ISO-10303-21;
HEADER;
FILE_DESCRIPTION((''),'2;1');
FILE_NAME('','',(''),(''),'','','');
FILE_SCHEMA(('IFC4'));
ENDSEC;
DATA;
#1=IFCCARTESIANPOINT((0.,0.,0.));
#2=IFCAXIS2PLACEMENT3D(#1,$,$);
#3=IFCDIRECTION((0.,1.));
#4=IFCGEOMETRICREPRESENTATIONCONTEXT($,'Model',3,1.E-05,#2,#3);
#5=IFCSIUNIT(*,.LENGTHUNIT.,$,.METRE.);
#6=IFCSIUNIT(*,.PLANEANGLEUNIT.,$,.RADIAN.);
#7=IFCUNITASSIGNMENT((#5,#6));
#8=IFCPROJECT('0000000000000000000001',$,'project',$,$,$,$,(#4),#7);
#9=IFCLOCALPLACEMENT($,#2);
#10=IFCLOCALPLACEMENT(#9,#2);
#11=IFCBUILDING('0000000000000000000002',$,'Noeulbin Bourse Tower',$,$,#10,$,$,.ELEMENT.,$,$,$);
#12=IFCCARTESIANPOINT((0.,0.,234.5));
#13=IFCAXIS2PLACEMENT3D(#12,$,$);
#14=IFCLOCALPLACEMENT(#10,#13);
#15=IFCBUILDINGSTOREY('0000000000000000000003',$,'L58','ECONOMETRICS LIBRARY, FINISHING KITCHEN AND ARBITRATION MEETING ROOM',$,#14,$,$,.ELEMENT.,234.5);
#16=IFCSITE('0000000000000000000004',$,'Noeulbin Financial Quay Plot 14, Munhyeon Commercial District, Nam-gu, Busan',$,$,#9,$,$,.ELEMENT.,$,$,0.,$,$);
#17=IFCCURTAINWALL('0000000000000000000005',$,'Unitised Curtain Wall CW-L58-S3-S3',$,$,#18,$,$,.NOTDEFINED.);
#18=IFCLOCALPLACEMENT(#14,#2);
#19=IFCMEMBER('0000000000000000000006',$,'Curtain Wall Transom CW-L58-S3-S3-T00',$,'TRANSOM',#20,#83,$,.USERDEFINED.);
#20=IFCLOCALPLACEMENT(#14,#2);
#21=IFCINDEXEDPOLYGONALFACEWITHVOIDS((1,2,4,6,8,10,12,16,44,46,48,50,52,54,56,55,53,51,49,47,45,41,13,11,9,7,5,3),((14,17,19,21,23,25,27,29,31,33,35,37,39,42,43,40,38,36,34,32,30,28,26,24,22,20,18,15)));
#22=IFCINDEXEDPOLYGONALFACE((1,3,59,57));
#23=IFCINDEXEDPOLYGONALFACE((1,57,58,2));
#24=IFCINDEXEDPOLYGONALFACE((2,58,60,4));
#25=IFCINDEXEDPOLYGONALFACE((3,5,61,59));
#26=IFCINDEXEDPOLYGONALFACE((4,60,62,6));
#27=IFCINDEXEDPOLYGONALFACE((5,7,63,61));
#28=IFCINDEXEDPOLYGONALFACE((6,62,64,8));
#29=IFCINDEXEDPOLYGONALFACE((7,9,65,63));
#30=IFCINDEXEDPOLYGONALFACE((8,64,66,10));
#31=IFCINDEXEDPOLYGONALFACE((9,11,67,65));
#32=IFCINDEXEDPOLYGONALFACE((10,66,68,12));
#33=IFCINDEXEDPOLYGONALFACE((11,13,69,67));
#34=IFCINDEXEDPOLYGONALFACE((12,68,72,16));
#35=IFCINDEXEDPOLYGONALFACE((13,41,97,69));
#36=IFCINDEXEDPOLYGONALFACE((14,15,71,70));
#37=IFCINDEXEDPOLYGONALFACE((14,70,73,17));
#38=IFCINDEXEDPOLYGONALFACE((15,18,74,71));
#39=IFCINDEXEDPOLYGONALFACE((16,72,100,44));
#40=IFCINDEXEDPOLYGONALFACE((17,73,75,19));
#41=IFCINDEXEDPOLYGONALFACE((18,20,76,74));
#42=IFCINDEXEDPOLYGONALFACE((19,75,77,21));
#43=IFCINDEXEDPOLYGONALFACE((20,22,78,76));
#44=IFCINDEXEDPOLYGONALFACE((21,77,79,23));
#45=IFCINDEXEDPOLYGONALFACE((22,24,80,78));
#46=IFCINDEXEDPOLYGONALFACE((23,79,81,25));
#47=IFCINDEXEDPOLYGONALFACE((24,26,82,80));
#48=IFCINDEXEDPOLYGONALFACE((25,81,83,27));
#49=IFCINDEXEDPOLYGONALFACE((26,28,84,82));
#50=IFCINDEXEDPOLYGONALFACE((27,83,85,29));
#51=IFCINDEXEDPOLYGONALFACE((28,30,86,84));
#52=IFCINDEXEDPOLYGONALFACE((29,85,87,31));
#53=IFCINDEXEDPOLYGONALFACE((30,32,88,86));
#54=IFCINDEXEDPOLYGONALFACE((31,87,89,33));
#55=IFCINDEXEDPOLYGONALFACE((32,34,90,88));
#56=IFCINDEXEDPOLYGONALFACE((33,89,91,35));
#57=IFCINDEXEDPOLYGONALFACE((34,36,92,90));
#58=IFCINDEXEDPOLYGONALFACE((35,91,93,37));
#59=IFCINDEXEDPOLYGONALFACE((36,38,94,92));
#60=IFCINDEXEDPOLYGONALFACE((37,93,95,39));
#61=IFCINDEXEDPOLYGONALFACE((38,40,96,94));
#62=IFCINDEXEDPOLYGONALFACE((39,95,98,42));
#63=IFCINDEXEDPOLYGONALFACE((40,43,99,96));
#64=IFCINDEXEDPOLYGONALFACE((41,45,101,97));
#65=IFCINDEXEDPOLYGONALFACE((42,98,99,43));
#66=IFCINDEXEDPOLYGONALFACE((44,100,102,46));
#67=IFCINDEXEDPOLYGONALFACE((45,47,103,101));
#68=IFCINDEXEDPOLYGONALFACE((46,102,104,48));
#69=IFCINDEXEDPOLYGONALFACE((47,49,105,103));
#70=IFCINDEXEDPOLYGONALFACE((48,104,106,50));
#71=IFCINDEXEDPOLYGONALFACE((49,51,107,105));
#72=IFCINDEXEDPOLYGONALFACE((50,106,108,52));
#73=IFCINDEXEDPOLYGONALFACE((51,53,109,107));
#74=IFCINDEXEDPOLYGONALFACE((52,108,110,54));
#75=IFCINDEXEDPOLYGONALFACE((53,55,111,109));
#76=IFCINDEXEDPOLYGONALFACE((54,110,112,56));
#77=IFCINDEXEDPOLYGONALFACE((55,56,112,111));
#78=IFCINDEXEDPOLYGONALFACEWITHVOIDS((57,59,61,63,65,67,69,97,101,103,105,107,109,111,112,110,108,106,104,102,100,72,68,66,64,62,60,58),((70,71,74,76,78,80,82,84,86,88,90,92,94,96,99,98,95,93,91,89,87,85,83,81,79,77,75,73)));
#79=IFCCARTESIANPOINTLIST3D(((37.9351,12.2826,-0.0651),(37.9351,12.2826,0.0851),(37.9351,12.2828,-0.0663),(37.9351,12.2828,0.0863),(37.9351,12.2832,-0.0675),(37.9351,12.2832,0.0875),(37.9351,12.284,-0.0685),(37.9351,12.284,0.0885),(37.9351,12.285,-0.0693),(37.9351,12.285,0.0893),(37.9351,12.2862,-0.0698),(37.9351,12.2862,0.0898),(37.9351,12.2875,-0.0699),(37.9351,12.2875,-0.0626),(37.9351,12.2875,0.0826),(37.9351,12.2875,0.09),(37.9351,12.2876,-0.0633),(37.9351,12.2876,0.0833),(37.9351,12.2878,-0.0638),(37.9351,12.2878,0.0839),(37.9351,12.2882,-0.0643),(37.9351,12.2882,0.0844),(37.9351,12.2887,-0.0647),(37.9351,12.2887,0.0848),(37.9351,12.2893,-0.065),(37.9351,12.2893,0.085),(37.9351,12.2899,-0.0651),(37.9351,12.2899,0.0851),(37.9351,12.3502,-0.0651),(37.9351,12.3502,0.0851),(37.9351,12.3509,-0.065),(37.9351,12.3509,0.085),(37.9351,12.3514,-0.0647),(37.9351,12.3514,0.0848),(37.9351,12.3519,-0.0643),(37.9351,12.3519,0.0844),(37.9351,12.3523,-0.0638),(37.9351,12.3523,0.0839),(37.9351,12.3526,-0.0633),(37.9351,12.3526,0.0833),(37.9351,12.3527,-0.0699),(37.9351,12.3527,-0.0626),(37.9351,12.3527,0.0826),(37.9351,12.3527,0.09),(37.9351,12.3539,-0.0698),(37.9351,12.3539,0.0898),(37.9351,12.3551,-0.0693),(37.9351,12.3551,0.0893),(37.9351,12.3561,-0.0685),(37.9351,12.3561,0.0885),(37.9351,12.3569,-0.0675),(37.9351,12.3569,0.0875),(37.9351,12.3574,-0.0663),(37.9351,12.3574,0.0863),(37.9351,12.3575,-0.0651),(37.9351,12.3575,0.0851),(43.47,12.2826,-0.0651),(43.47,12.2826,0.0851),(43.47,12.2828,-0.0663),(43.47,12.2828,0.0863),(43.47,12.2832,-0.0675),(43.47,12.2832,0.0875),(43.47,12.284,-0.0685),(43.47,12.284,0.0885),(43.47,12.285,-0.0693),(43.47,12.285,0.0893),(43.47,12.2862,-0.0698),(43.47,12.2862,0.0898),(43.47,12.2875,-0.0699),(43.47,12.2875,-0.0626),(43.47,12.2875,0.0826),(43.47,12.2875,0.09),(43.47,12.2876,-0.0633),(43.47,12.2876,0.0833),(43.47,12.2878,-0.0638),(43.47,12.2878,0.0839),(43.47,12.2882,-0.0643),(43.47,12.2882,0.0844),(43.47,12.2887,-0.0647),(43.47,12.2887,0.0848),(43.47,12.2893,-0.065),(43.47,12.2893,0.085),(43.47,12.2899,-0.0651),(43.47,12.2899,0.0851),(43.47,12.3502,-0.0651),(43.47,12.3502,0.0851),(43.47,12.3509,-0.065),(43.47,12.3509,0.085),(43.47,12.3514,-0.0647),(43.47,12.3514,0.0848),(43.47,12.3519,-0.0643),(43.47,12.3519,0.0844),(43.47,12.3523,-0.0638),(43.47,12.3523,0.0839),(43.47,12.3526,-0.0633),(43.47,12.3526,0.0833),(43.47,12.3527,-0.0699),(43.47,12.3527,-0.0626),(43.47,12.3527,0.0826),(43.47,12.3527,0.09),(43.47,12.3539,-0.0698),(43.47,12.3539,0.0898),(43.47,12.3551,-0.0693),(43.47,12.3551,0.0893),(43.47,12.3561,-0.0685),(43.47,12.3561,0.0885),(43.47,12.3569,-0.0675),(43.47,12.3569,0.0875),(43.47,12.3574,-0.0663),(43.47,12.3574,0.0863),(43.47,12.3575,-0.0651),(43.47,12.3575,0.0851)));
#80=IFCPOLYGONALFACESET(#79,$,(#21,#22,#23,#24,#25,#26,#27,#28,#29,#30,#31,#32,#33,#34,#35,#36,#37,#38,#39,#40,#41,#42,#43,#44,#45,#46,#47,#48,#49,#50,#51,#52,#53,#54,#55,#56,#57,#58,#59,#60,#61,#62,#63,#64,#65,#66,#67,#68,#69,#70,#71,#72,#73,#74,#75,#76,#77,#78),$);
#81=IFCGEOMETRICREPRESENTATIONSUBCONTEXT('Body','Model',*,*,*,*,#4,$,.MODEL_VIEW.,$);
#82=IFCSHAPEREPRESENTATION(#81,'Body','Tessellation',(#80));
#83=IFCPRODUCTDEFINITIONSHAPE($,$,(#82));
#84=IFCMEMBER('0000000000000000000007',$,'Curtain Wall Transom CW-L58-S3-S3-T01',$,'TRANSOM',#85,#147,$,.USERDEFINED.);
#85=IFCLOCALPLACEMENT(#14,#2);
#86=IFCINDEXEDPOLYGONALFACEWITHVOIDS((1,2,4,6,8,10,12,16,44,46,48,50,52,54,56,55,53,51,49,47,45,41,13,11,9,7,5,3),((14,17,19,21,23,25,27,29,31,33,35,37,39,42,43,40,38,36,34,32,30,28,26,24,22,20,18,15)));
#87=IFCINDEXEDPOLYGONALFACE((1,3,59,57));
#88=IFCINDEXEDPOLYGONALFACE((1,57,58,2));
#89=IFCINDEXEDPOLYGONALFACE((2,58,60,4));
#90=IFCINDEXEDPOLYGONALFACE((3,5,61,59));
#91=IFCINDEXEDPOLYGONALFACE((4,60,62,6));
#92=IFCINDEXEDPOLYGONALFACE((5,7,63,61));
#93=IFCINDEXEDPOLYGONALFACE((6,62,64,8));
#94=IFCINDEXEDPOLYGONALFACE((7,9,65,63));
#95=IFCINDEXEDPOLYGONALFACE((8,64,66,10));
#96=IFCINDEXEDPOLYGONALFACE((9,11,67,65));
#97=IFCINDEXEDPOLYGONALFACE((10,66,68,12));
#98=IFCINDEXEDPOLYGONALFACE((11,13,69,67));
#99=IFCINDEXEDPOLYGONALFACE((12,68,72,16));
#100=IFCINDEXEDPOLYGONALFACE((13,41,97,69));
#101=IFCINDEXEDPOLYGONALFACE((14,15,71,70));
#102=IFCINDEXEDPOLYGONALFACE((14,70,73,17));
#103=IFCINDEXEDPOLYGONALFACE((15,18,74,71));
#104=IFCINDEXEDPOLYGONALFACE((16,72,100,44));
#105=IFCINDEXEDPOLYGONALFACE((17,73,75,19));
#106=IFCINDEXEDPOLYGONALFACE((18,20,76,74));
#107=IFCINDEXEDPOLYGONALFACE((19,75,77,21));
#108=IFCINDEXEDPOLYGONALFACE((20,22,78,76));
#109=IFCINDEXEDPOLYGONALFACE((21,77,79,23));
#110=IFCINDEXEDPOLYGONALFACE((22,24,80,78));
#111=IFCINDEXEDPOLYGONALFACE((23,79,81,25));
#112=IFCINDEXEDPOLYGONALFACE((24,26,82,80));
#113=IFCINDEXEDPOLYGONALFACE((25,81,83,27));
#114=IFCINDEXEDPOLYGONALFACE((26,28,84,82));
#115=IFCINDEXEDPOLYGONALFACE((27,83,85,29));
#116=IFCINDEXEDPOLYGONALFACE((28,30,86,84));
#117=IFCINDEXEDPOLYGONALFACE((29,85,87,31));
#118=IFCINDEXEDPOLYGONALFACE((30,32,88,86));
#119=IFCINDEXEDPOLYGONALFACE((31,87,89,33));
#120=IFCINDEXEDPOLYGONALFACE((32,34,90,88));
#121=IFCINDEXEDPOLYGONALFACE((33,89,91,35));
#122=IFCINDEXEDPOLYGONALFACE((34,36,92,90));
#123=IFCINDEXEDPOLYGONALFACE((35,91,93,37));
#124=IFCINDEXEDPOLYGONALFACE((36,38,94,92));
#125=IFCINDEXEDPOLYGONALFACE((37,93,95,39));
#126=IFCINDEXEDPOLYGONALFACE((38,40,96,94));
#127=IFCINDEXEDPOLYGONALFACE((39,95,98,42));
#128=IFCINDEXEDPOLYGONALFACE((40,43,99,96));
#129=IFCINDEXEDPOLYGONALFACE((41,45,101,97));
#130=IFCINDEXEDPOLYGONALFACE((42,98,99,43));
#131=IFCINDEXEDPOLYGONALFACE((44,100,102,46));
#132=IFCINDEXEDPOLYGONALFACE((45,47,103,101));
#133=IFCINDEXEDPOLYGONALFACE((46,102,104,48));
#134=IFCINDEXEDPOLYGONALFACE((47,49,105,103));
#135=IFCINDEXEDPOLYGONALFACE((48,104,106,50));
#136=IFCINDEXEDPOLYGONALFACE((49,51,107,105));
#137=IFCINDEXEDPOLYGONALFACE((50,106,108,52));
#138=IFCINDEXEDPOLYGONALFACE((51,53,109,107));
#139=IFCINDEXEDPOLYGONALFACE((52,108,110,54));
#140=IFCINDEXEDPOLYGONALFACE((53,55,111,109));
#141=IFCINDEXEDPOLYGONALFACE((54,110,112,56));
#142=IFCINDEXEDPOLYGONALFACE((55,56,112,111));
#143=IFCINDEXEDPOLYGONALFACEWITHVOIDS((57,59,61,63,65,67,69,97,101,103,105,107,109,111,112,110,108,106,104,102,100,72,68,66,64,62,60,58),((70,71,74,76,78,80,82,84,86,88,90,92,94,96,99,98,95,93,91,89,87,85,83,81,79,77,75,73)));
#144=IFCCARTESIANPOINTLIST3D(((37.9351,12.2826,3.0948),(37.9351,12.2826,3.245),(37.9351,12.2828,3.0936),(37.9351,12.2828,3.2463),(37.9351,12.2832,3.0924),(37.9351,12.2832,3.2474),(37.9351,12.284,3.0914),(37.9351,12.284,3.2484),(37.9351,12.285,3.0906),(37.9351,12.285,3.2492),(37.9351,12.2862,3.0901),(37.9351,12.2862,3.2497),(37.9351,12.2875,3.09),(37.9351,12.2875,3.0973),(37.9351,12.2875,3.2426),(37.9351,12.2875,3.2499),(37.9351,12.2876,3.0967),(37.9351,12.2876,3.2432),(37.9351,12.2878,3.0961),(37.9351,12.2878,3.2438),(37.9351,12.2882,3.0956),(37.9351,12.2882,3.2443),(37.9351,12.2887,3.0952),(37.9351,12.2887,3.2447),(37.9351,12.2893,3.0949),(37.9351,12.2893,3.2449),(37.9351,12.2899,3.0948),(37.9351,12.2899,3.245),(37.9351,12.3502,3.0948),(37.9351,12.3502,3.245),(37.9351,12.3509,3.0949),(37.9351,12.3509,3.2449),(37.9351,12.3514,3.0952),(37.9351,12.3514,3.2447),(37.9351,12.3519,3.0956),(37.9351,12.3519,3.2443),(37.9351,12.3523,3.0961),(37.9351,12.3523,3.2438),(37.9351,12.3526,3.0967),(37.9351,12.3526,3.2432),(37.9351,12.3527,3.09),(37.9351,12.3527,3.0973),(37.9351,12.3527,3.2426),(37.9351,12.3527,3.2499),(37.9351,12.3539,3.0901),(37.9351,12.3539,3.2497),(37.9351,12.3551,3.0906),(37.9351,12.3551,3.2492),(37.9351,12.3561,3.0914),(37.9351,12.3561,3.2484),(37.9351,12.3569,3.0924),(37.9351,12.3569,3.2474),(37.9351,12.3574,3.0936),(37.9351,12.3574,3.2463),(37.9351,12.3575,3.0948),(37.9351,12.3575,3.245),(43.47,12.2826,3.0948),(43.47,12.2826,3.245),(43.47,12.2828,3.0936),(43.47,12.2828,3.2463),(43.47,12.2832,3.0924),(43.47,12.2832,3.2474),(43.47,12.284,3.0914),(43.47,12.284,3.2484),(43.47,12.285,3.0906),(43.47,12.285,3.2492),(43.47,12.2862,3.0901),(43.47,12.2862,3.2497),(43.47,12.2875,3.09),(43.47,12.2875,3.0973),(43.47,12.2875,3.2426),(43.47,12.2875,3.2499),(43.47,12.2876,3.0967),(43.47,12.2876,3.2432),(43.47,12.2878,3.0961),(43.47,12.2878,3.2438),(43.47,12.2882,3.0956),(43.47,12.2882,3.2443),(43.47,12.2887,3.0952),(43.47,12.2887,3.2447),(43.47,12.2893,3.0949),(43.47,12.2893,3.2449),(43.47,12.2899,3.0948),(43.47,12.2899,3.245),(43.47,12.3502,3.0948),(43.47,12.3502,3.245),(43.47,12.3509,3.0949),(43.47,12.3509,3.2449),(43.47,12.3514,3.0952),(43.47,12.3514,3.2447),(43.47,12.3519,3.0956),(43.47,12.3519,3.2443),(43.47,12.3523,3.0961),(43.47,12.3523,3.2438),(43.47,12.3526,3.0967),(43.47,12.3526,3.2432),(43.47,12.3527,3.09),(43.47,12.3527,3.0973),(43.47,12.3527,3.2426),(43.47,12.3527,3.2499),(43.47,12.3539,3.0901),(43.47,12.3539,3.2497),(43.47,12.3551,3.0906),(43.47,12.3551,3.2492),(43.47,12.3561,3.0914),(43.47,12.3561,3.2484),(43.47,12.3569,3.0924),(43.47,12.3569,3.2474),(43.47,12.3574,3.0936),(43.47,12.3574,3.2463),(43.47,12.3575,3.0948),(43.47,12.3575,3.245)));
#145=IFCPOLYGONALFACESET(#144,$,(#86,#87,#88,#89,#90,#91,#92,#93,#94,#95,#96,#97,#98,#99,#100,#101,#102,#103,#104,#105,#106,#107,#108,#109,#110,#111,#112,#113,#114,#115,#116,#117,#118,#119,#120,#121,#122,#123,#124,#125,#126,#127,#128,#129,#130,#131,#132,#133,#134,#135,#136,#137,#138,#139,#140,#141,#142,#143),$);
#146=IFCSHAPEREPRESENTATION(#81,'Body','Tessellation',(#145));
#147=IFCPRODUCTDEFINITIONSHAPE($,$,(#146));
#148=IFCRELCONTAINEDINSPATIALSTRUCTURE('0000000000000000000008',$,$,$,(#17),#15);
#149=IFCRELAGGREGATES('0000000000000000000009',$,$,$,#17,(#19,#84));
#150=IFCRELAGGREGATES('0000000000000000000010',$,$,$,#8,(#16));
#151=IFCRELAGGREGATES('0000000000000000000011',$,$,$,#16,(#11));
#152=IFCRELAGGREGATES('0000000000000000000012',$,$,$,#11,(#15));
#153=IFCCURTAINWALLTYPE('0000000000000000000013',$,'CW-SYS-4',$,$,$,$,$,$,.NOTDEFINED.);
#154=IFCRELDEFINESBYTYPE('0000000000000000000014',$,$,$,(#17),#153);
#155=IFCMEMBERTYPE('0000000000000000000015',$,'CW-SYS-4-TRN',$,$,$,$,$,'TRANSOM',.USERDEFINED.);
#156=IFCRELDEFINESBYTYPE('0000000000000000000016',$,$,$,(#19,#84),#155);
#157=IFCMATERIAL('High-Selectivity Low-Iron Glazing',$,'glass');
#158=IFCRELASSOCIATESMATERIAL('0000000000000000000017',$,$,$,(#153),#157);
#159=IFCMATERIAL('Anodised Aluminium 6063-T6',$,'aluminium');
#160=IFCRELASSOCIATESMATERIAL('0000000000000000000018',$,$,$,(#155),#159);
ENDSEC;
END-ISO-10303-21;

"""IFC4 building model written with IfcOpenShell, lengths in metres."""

from ifc_helpers import new_model, si_unit, direction, frame, origin, origin_2d, place, context, subcontext, project, spatial, hollow_rectangle, extrude, material, material_profile, profile_set, type_object, element, aggregate, save


model = new_model("IFC4")

# Units and contexts
model_context = context("Model", 3, precision=1e-05, world=origin(), true_north=direction((0.0, 1.0)))
body_context = subcontext(model_context, "Body", "Model", "MODEL_VIEW")
ifc_project = project(units=[si_unit("LENGTHUNIT", "METRE"), si_unit("PLANEANGLEUNIT", "RADIAN")], contexts=[model_context])

# Site, building, storey
site_placement = place(None, origin())
site = spatial("IfcSite", under=ifc_project, at=site_placement, Name="Noeulbin Financial Quay Plot 14, Munhyeon Commercial District, Nam-gu, Busan", CompositionType="ELEMENT", RefElevation=0.0)
building_placement = place(site_placement, origin())
building = spatial("IfcBuilding", under=site, at=building_placement, Name="Noeulbin Bourse Tower", CompositionType="ELEMENT")
storey_placement = place(building_placement, frame((0.0, 0.0, 234.5)))
storey = spatial("IfcBuildingStorey", under=building, at=storey_placement, Name="L58", Description="ECONOMETRICS LIBRARY, FINISHING KITCHEN AND ARBITRATION MEETING ROOM", CompositionType="ELEMENT", Elevation=234.5)

# Curtain wall
ifc_material_1 = material(Name="High-Selectivity Low-Iron Glazing", Category="glass")
curtain_wall_type = type_object("IfcCurtainWallType", Name="CW-SYS-4", PredefinedType="NOTDEFINED", material=ifc_material_1)
ifc_material_2 = material(Name="Anodised Aluminium 6063-T6", Category="aluminium")
curtain_wall_1_placement = place(storey_placement, origin())
curtain_wall_1 = element("IfcCurtainWall", 1, at=curtain_wall_1_placement, inside=storey, type_object=curtain_wall_type, Name="Unitised Curtain Wall CW-L58-S3-S3", PredefinedType="NOTDEFINED")

# Members
ifc_material_profile_1 = material_profile(ifc_material_2, hollow_rectangle(XDim=0.075, YDim=0.1599, WallThickness=0.0049, InnerFilletRadius=0.0024, OuterFilletRadius=0.0049, at=origin_2d()), Name="ALU-TRAN-75x160x5", Category="LoadBearing")
ifc_profile_set_1 = profile_set([ifc_material_profile_1], Name="Anodised Aluminium 6063-T6")
member_type_1 = type_object("IfcMemberType", Name="CW-SYS-4-TRN", ElementType="TRANSOM", PredefinedType="USERDEFINED", material=ifc_profile_set_1)
member_1_placement = place(storey_placement, frame((37.9351, 12.3201, 0.01), z_axis=(1.0, 0.0, 0.0), x_axis=(0.0, 1.0, 0.0)))
member_1 = element("IfcMember", 2, at=member_1_placement, type_object=member_type_1, Name="Curtain Wall Transom CW-L58-S3-S3-T00", ObjectType="TRANSOM", PredefinedType="USERDEFINED", context=body_context, shape_type="SweptSolid", body=[
    extrude(hollow_rectangle(XDim=0.075, YDim=0.1599, WallThickness=0.0049, InnerFilletRadius=0.0024, OuterFilletRadius=0.0049, at=origin_2d()), origin(), (0.0, 0.0, 1.0), 5.5349),
])
member_2_placement = place(storey_placement, frame((37.9351, 12.3201, 3.1699), z_axis=(1.0, 0.0, 0.0), x_axis=(0.0, 1.0, 0.0)))
member_2 = element("IfcMember", 3, at=member_2_placement, type_object=member_type_1, Name="Curtain Wall Transom CW-L58-S3-S3-T01", ObjectType="TRANSOM", PredefinedType="USERDEFINED", context=body_context, shape_type="SweptSolid", body=[
    extrude(hollow_rectangle(XDim=0.075, YDim=0.1599, WallThickness=0.0049, InnerFilletRadius=0.0024, OuterFilletRadius=0.0049, at=origin_2d()), origin(), (0.0, 0.0, 1.0), 5.5349),
])

aggregate(curtain_wall_1, [member_1, member_2])

save(model, "model.ifc")
